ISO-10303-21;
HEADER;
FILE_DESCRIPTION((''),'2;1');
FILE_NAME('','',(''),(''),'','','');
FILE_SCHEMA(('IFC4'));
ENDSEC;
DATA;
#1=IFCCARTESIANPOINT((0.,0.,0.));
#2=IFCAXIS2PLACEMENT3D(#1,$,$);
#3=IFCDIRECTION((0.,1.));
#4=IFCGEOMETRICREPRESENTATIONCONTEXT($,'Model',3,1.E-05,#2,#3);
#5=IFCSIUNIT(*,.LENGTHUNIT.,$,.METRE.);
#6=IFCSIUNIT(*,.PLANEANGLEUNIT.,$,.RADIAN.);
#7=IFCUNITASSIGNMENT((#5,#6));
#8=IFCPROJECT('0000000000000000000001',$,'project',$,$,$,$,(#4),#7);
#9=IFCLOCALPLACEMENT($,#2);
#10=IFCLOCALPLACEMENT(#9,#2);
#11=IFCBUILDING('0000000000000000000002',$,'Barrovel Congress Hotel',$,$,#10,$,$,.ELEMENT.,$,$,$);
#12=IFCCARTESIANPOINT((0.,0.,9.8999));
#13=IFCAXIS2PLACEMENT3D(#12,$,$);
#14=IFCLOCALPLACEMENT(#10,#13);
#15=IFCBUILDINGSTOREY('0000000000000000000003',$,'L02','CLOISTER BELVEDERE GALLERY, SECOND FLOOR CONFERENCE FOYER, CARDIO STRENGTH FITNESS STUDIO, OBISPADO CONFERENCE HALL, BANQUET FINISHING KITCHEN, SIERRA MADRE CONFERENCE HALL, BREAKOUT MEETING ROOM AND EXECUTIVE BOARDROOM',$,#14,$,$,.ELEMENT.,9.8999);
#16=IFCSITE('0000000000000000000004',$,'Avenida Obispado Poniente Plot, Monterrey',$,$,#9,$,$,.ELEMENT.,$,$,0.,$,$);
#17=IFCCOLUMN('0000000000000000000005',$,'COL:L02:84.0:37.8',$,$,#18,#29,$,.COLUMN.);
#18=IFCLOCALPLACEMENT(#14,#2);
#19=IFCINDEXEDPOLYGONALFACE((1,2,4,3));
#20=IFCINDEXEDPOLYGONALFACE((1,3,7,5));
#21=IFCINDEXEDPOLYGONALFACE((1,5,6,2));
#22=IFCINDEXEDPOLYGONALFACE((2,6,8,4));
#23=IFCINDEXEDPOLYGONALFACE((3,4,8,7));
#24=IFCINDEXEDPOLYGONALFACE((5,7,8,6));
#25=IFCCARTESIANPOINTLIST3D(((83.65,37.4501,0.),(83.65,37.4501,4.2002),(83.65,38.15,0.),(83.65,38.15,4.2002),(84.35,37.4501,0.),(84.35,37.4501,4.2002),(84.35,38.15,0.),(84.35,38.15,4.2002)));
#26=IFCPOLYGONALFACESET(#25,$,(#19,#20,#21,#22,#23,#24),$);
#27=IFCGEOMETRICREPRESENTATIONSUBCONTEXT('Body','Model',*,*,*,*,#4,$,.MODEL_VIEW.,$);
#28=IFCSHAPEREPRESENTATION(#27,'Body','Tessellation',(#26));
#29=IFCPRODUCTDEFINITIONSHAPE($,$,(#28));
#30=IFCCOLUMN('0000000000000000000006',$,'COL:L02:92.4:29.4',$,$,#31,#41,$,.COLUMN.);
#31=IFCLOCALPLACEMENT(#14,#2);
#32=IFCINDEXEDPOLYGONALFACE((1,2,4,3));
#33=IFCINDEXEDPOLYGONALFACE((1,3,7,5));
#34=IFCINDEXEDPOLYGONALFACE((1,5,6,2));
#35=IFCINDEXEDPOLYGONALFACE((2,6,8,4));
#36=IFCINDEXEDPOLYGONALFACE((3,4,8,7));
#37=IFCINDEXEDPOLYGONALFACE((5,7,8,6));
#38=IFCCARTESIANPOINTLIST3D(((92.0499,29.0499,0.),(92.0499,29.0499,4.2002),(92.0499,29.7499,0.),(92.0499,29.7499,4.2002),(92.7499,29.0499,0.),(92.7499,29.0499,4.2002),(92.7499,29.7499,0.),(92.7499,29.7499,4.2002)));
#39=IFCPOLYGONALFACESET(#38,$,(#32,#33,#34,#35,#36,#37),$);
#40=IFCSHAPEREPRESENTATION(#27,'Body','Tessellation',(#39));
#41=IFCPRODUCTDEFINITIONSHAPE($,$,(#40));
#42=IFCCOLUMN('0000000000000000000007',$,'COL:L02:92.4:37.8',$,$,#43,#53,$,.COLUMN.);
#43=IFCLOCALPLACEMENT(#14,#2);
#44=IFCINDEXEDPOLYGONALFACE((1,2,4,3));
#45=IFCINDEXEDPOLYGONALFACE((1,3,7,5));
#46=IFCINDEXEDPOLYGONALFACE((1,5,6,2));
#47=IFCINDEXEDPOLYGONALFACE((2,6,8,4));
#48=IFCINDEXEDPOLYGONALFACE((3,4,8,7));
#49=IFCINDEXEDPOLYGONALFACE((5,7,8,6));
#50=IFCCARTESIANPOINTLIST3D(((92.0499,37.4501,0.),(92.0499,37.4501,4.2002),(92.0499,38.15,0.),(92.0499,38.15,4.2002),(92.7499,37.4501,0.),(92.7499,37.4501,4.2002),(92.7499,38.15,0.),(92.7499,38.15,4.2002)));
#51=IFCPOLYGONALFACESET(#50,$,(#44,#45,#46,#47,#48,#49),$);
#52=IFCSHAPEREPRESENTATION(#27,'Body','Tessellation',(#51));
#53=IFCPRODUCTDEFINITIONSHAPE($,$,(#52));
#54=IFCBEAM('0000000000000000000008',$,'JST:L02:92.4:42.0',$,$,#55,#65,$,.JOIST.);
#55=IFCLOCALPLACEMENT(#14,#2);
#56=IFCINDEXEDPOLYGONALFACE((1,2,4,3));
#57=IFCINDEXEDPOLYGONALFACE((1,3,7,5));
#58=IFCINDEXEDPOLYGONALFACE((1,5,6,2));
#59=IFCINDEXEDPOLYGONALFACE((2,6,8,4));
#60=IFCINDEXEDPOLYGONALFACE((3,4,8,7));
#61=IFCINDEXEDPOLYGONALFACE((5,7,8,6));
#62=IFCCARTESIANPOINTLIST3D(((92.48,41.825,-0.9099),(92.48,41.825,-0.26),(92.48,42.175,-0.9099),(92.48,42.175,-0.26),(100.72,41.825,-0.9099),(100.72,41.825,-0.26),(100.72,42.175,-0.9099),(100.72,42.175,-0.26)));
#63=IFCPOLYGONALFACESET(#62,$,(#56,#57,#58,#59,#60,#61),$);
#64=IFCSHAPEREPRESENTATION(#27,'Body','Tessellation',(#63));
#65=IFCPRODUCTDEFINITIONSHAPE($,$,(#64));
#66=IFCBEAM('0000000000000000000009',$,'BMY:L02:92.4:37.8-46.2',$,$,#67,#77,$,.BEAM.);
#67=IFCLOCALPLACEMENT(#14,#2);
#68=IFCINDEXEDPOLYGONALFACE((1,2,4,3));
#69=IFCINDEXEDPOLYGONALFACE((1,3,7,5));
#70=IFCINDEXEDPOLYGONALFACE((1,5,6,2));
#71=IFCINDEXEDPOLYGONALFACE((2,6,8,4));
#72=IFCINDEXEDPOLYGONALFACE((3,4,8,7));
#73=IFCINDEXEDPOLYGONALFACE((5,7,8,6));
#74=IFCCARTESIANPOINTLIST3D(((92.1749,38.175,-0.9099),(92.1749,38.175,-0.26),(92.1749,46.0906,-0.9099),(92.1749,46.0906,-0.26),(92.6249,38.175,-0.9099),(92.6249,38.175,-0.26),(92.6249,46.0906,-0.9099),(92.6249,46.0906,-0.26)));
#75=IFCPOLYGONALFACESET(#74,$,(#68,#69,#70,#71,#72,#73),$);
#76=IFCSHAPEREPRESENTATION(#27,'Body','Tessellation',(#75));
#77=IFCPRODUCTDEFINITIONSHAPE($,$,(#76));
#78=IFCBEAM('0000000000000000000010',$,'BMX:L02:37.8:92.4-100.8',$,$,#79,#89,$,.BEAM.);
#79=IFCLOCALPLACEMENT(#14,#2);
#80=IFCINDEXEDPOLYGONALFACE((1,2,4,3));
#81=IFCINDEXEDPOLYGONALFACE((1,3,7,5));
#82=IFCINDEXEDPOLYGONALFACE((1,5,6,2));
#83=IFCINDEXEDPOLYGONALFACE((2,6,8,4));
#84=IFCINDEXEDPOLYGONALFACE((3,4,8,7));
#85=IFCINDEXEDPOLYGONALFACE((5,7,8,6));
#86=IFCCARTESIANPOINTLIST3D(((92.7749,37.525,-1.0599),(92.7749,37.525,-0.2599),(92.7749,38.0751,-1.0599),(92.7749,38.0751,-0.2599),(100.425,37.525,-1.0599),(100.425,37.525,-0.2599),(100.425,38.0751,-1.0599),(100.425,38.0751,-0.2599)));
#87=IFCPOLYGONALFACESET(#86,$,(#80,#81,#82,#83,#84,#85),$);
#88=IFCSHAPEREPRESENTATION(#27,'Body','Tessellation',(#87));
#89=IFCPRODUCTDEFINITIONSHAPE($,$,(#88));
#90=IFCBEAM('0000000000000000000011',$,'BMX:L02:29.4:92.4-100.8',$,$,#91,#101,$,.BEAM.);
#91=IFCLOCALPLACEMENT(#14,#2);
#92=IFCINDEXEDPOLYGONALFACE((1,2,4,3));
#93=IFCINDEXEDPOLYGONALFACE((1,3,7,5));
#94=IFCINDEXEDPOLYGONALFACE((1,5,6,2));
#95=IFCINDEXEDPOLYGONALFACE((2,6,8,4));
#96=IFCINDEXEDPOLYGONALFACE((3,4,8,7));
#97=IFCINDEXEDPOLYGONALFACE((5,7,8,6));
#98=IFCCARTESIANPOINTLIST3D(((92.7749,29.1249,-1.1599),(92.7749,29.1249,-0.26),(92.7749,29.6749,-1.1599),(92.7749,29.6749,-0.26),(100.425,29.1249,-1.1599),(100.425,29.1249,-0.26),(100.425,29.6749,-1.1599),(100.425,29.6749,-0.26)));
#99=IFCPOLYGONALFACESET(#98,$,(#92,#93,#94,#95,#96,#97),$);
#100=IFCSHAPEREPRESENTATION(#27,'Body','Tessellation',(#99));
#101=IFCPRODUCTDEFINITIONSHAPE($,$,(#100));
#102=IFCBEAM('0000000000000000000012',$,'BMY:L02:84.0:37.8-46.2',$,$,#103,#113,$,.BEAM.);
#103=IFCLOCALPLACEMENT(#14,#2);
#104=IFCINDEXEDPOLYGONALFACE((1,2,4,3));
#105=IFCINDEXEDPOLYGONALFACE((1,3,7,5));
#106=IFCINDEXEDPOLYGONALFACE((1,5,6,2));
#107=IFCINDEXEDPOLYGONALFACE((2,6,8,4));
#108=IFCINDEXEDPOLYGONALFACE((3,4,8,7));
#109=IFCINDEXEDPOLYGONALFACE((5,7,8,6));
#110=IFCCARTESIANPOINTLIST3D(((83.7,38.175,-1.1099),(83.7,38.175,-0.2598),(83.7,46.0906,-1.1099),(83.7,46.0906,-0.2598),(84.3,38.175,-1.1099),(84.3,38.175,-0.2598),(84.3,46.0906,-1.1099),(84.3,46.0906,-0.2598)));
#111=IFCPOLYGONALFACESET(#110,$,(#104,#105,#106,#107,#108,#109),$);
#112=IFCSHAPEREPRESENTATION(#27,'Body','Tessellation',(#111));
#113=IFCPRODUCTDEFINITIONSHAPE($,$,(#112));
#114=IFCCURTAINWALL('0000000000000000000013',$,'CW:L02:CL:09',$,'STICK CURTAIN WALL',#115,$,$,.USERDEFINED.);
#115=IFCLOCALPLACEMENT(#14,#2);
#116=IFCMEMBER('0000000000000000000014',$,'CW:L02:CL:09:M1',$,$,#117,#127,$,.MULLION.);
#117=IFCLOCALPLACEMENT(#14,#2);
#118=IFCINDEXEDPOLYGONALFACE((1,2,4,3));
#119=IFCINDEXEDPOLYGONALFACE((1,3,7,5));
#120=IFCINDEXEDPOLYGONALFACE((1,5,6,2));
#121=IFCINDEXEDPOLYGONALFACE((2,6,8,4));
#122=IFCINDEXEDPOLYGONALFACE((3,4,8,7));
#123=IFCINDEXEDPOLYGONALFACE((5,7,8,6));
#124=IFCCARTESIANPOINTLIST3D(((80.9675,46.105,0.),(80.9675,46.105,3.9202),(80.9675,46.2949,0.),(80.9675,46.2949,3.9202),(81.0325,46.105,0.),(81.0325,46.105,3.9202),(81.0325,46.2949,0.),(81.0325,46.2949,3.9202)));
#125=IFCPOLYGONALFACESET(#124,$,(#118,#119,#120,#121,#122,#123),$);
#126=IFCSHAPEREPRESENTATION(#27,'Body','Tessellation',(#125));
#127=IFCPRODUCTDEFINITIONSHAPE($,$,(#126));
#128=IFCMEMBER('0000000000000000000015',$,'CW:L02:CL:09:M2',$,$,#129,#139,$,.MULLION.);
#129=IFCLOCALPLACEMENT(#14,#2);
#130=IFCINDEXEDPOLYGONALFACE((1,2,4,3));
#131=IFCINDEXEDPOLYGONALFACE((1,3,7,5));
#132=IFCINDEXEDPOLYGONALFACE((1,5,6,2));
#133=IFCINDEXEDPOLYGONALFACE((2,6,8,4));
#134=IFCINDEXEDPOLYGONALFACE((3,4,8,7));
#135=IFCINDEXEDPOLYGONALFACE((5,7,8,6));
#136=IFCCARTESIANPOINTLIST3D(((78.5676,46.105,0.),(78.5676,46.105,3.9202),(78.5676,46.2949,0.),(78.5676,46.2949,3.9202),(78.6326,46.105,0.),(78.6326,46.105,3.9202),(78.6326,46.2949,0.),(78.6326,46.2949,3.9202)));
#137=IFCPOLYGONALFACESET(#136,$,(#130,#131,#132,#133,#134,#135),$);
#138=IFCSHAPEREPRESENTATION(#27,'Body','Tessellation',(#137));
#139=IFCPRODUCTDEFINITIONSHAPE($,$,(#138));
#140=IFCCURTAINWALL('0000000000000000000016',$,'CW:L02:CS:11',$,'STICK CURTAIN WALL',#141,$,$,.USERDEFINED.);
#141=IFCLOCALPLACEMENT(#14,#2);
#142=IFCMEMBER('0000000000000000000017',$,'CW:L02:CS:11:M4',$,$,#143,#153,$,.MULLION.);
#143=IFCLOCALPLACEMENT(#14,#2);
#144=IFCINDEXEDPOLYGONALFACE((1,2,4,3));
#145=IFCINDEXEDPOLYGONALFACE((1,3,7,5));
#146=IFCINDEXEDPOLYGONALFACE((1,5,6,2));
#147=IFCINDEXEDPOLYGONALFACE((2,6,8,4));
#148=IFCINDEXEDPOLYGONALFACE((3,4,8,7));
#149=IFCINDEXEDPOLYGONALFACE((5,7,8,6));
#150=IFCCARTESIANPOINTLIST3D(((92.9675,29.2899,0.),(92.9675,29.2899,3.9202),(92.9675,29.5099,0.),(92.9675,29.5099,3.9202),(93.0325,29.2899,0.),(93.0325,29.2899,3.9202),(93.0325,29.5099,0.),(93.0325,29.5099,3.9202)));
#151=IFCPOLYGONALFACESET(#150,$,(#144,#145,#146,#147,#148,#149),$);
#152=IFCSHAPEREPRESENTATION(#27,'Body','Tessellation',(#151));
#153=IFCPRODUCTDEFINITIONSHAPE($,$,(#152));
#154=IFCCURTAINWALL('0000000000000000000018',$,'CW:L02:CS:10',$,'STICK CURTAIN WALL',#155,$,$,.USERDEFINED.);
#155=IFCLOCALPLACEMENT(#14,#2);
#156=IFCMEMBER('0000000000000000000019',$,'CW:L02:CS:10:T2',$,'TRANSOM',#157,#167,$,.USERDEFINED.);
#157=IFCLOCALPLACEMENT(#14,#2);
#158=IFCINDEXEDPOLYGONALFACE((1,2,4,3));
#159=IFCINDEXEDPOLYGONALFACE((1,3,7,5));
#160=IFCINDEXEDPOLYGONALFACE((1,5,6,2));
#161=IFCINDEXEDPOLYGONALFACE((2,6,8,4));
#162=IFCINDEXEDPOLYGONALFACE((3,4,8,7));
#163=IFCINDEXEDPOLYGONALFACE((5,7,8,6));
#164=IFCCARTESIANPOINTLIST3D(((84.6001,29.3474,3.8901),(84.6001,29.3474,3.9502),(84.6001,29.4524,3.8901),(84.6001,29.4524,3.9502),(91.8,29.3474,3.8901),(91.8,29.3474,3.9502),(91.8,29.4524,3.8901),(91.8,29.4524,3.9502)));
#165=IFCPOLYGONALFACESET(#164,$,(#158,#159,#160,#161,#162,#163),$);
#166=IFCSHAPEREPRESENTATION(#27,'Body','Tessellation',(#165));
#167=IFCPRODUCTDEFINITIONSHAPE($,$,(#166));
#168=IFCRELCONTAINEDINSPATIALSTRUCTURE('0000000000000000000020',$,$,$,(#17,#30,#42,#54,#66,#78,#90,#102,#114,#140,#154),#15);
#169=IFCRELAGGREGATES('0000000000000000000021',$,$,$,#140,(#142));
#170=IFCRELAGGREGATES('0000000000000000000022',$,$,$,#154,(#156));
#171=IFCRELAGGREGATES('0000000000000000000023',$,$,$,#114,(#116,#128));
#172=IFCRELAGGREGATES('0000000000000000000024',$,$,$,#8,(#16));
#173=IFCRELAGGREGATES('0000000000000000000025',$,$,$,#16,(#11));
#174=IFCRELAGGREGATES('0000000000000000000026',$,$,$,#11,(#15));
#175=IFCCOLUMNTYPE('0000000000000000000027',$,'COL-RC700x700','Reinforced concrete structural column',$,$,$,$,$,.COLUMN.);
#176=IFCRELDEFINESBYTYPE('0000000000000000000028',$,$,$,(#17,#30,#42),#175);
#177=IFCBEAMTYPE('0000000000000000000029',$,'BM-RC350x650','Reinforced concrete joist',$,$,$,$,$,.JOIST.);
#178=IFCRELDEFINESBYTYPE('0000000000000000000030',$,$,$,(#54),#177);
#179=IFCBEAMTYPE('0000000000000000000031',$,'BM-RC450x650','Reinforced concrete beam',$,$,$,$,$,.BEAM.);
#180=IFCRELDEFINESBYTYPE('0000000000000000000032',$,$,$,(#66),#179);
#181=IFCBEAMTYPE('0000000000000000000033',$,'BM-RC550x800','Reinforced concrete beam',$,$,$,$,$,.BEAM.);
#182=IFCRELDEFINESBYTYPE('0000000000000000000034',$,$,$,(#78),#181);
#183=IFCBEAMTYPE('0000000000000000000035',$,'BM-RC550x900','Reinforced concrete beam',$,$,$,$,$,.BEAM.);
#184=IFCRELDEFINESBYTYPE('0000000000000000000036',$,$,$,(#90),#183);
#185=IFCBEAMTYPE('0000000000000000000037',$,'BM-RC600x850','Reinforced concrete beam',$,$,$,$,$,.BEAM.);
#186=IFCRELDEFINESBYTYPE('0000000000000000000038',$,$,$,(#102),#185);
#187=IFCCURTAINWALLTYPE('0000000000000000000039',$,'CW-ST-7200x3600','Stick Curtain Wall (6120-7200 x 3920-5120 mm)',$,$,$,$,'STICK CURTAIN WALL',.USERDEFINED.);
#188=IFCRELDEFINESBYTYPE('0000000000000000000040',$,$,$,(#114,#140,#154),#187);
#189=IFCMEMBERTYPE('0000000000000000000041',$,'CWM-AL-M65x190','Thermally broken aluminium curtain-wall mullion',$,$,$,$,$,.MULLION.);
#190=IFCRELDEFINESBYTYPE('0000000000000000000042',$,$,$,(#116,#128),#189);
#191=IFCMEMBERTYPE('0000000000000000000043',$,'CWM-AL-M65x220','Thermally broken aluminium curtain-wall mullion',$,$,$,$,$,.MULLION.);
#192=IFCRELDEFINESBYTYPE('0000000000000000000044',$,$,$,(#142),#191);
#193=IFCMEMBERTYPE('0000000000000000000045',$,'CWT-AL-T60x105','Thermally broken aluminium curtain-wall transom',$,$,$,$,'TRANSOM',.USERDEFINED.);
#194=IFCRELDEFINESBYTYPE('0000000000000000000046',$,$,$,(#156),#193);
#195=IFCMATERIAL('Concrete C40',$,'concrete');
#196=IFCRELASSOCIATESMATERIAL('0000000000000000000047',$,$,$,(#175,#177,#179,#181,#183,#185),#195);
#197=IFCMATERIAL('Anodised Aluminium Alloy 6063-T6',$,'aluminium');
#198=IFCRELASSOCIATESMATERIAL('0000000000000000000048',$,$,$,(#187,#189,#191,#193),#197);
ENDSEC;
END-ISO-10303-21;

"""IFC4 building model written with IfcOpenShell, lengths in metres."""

from ifc_helpers import new_model, si_unit, direction, frame, origin, origin_2d, place, context, subcontext, project, spatial, rectangle, extrude, material, material_profile, profile_set, type_object, element, aggregate, save


model = new_model("IFC4")

# Units and contexts
model_context = context("Model", 3, precision=1e-05, world=origin(), true_north=direction((0.0, 1.0)))
body_context = subcontext(model_context, "Body", "Model", "MODEL_VIEW")
ifc_project = project(units=[si_unit("LENGTHUNIT", "METRE"), si_unit("PLANEANGLEUNIT", "RADIAN")], contexts=[model_context])

# Site, building, storey
site_placement = place(None, origin())
site = spatial("IfcSite", under=ifc_project, at=site_placement, Name="Avenida Obispado Poniente Plot, Monterrey", CompositionType="ELEMENT", RefElevation=0.0)
building_placement = place(site_placement, origin())
building = spatial("IfcBuilding", under=site, at=building_placement, Name="Barrovel Congress Hotel", CompositionType="ELEMENT")
storey_placement = place(building_placement, frame((0.0, 0.0, 9.8999)))
storey = spatial("IfcBuildingStorey", under=building, at=storey_placement, Name="L02", Description="CLOISTER BELVEDERE GALLERY, SECOND FLOOR CONFERENCE FOYER, CARDIO STRENGTH FITNESS STUDIO, OBISPADO CONFERENCE HALL, BANQUET FINISHING KITCHEN, SIERRA MADRE CONFERENCE HALL, BREAKOUT MEETING ROOM AND EXECUTIVE BOARDROOM", CompositionType="ELEMENT", Elevation=9.8999)

# Columns
ifc_material_1 = material(Name="Concrete C40", Category="concrete")
ifc_material_profile_1 = material_profile(ifc_material_1, rectangle(XDim=0.7, YDim=0.7, at=origin_2d()), Name="RC700x700")
ifc_profile_set_1 = profile_set([ifc_material_profile_1], Name="Concrete C40")
column_type = type_object("IfcColumnType", Name="COL-RC700x700", Description="Reinforced concrete structural column", PredefinedType="COLUMN", material=ifc_profile_set_1)
for number, where, z_axis, x_axis, name in (
    (1, (84.0, 37.8, 0.0), (0.0, 0.0, 1.0), (1.0, 0.0, 0.0), "COL:L02:84.0:37.8"),
    (2, (92.3999, 29.3999, 0.0), (0.0, 0.0, 1.0), (1.0, 0.0, 0.0), "COL:L02:92.4:29.4"),
    (3, (92.3999, 37.8, 0.0), (0.0, 0.0, 1.0), (1.0, 0.0, 0.0), "COL:L02:92.4:37.8"),
):
    element("IfcColumn", number, at=place(storey_placement, frame(where, z_axis=z_axis, x_axis=x_axis)), inside=storey, type_object=column_type, Name=name, PredefinedType="COLUMN", context=body_context, shape_type="SweptSolid", body=[
        extrude(rectangle(XDim=0.7, YDim=0.7, at=origin_2d()), origin(), (0.0, 0.0, 1.0), 4.2002),
    ])

# Beams
ifc_material_profile_2 = material_profile(ifc_material_1, rectangle(XDim=0.3501, YDim=0.6499, at=origin_2d()), Name="RC350x650")
ifc_profile_set_2 = profile_set([ifc_material_profile_2], Name="Concrete C40")
beam_type_1 = type_object("IfcBeamType", Name="BM-RC350x650", Description="Reinforced concrete joist", PredefinedType="JOIST", material=ifc_profile_set_2)
beam_1_placement = place(storey_placement, frame((92.48, 42.0, -0.585), z_axis=(1.0, 0.0, 0.0), x_axis=(0.0, 1.0, 0.0)))
element("IfcBeam", 4, at=beam_1_placement, inside=storey, type_object=beam_type_1, Name="JST:L02:92.4:42.0", PredefinedType="JOIST", context=body_context, shape_type="SweptSolid", body=[
    extrude(rectangle(XDim=0.3501, YDim=0.6499, at=origin_2d()), origin(), (0.0, 0.0, 1.0), 8.24),
])
ifc_material_profile_3 = material_profile(ifc_material_1, rectangle(XDim=0.45, YDim=0.6499, at=origin_2d()), Name="RC450x650")
ifc_profile_set_3 = profile_set([ifc_material_profile_3], Name="Concrete C40")
beam_type_2 = type_object("IfcBeamType", Name="BM-RC450x650", Description="Reinforced concrete beam", PredefinedType="BEAM", material=ifc_profile_set_3)
beam_2_placement = place(storey_placement, frame((92.3999, 38.175, -0.585), z_axis=(0.0, 1.0, 0.0), x_axis=(-1.0, 0.0, 0.0)))
element("IfcBeam", 5, at=beam_2_placement, inside=storey, type_object=beam_type_2, Name="BMY:L02:92.4:37.8-46.2", PredefinedType="BEAM", context=body_context, shape_type="SweptSolid", body=[
    extrude(rectangle(XDim=0.45, YDim=0.6499, at=origin_2d()), origin(), (0.0, 0.0, 1.0), 7.9155),
])
ifc_material_profile_4 = material_profile(ifc_material_1, rectangle(XDim=0.55, YDim=0.8, at=origin_2d()), Name="RC550x800")
ifc_profile_set_4 = profile_set([ifc_material_profile_4], Name="Concrete C40")
beam_type_3 = type_object("IfcBeamType", Name="BM-RC550x800", Description="Reinforced concrete beam", PredefinedType="BEAM", material=ifc_profile_set_4)
beam_3_placement = place(storey_placement, frame((92.7749, 37.8, -0.6599), z_axis=(1.0, 0.0, 0.0), x_axis=(0.0, 1.0, 0.0)))
element("IfcBeam", 6, at=beam_3_placement, inside=storey, type_object=beam_type_3, Name="BMX:L02:37.8:92.4-100.8", PredefinedType="BEAM", context=body_context, shape_type="SweptSolid", body=[
    extrude(rectangle(XDim=0.55, YDim=0.8, at=origin_2d()), origin(), (0.0, 0.0, 1.0), 7.6501),
])
ifc_material_profile_5 = material_profile(ifc_material_1, rectangle(XDim=0.55, YDim=0.8999, at=origin_2d()), Name="RC550x900")
ifc_profile_set_5 = profile_set([ifc_material_profile_5], Name="Concrete C40")
beam_type_4 = type_object("IfcBeamType", Name="BM-RC550x900", Description="Reinforced concrete beam", PredefinedType="BEAM", material=ifc_profile_set_5)
beam_4_placement = place(storey_placement, frame((92.7749, 29.3999, -0.71), z_axis=(1.0, 0.0, 0.0), x_axis=(0.0, 1.0, 0.0)))
element("IfcBeam", 7, at=beam_4_placement, inside=storey, type_object=beam_type_4, Name="BMX:L02:29.4:92.4-100.8", PredefinedType="BEAM", context=body_context, shape_type="SweptSolid", body=[
    extrude(rectangle(XDim=0.55, YDim=0.8999, at=origin_2d()), origin(), (0.0, 0.0, 1.0), 7.6501),
])
ifc_material_profile_6 = material_profile(ifc_material_1, rectangle(XDim=0.6001, YDim=0.8501, at=origin_2d()), Name="RC600x850")
ifc_profile_set_6 = profile_set([ifc_material_profile_6], Name="Concrete C40")
beam_type_5 = type_object("IfcBeamType", Name="BM-RC600x850", Description="Reinforced concrete beam", PredefinedType="BEAM", material=ifc_profile_set_6)
beam_5_placement = place(storey_placement, frame((84.0, 38.175, -0.6848), z_axis=(0.0, 1.0, 0.0), x_axis=(-1.0, 0.0, 0.0)))
element("IfcBeam", 8, at=beam_5_placement, inside=storey, type_object=beam_type_5, Name="BMY:L02:84.0:37.8-46.2", PredefinedType="BEAM", context=body_context, shape_type="SweptSolid", body=[
    extrude(rectangle(XDim=0.6001, YDim=0.8501, at=origin_2d()), origin(), (0.0, 0.0, 1.0), 7.9155),
])

# Curtain wall, members
ifc_material_2 = material(Name="Anodised Aluminium Alloy 6063-T6", Category="aluminium")
curtain_wall_type = type_object("IfcCurtainWallType", Name="CW-ST-7200x3600", Description="Stick Curtain Wall (6120-7200 x 3920-5120 mm)", ElementType="STICK CURTAIN WALL", PredefinedType="USERDEFINED", material=ifc_material_2)
curtain_wall_1_placement = place(storey_placement, origin())
curtain_wall_1 = element("IfcCurtainWall", 9, at=curtain_wall_1_placement, inside=storey, type_object=curtain_wall_type, Name="CW:L02:CL:09", ObjectType="STICK CURTAIN WALL", PredefinedType="USERDEFINED")
ifc_material_profile_7 = material_profile(ifc_material_2, rectangle(XDim=0.0649, YDim=0.1899, at=origin_2d()), Name="AL-M65x190")
ifc_profile_set_7 = profile_set([ifc_material_profile_7], Name="Anodised Aluminium Alloy 6063-T6")
member_type_1 = type_object("IfcMemberType", Name="CWM-AL-M65x190", Description="Thermally broken aluminium curtain-wall mullion", PredefinedType="MULLION", material=ifc_profile_set_7)
member_1_placement = place(storey_placement, frame((81.0, 46.2, 0.0), z_axis=(0.0, 0.0, 1.0), x_axis=(1.0, 0.0, 0.0)))
member_1 = element("IfcMember", 10, at=member_1_placement, type_object=member_type_1, Name="CW:L02:CL:09:M1", PredefinedType="MULLION", context=body_context, shape_type="SweptSolid", body=[
    extrude(rectangle(XDim=0.0649, YDim=0.1899, at=origin_2d()), origin(), (0.0, 0.0, 1.0), 3.9202),
])
member_2_placement = place(storey_placement, frame((78.6001, 46.2, 0.0), z_axis=(0.0, 0.0, 1.0), x_axis=(1.0, 0.0, 0.0)))
member_2 = element("IfcMember", 11, at=member_2_placement, type_object=member_type_1, Name="CW:L02:CL:09:M2", PredefinedType="MULLION", context=body_context, shape_type="SweptSolid", body=[
    extrude(rectangle(XDim=0.0649, YDim=0.1899, at=origin_2d()), origin(), (0.0, 0.0, 1.0), 3.9202),
])

# Curtain walls, members
curtain_wall_2_placement = place(storey_placement, origin())
curtain_wall_2 = element("IfcCurtainWall", 12, at=curtain_wall_2_placement, inside=storey, type_object=curtain_wall_type, Name="CW:L02:CS:11", ObjectType="STICK CURTAIN WALL", PredefinedType="USERDEFINED")
ifc_material_profile_8 = material_profile(ifc_material_2, rectangle(XDim=0.0649, YDim=0.22, at=origin_2d()), Name="AL-M65x220")
ifc_profile_set_8 = profile_set([ifc_material_profile_8], Name="Anodised Aluminium Alloy 6063-T6")
member_type_2 = type_object("IfcMemberType", Name="CWM-AL-M65x220", Description="Thermally broken aluminium curtain-wall mullion", PredefinedType="MULLION", material=ifc_profile_set_8)
member_3_placement = place(storey_placement, frame((93.0, 29.3999, 0.0), z_axis=(0.0, 0.0, 1.0), x_axis=(1.0, 0.0, 0.0)))
member_3 = element("IfcMember", 13, at=member_3_placement, type_object=member_type_2, Name="CW:L02:CS:11:M4", PredefinedType="MULLION", context=body_context, shape_type="SweptSolid", body=[
    extrude(rectangle(XDim=0.0649, YDim=0.22, at=origin_2d()), origin(), (0.0, 0.0, 1.0), 3.9202),
])
aggregate(curtain_wall_2, [member_3])
curtain_wall_3_placement = place(storey_placement, origin())
curtain_wall_3 = element("IfcCurtainWall", 14, at=curtain_wall_3_placement, inside=storey, type_object=curtain_wall_type, Name="CW:L02:CS:10", ObjectType="STICK CURTAIN WALL", PredefinedType="USERDEFINED")
ifc_material_profile_9 = material_profile(ifc_material_2, rectangle(XDim=0.105, YDim=0.0601, at=origin_2d()), Name="AL-T60x105")
ifc_profile_set_9 = profile_set([ifc_material_profile_9], Name="Anodised Aluminium Alloy 6063-T6")
member_type_3 = type_object("IfcMemberType", Name="CWT-AL-T60x105", Description="Thermally broken aluminium curtain-wall transom", ElementType="TRANSOM", PredefinedType="USERDEFINED", material=ifc_profile_set_9)
member_4_placement = place(storey_placement, frame((91.8, 29.3999, 3.9202), z_axis=(-1.0, 0.0, 0.0), x_axis=(0.0, -1.0, 0.0)))
member_4 = element("IfcMember", 15, at=member_4_placement, type_object=member_type_3, Name="CW:L02:CS:10:T2", ObjectType="TRANSOM", PredefinedType="USERDEFINED", context=body_context, shape_type="SweptSolid", body=[
    extrude(rectangle(XDim=0.105, YDim=0.0601, at=origin_2d()), origin(), (0.0, 0.0, 1.0), 7.2),
])
aggregate(curtain_wall_3, [member_4])

aggregate(curtain_wall_1, [member_1, member_2])

save(model, "model.ifc")
